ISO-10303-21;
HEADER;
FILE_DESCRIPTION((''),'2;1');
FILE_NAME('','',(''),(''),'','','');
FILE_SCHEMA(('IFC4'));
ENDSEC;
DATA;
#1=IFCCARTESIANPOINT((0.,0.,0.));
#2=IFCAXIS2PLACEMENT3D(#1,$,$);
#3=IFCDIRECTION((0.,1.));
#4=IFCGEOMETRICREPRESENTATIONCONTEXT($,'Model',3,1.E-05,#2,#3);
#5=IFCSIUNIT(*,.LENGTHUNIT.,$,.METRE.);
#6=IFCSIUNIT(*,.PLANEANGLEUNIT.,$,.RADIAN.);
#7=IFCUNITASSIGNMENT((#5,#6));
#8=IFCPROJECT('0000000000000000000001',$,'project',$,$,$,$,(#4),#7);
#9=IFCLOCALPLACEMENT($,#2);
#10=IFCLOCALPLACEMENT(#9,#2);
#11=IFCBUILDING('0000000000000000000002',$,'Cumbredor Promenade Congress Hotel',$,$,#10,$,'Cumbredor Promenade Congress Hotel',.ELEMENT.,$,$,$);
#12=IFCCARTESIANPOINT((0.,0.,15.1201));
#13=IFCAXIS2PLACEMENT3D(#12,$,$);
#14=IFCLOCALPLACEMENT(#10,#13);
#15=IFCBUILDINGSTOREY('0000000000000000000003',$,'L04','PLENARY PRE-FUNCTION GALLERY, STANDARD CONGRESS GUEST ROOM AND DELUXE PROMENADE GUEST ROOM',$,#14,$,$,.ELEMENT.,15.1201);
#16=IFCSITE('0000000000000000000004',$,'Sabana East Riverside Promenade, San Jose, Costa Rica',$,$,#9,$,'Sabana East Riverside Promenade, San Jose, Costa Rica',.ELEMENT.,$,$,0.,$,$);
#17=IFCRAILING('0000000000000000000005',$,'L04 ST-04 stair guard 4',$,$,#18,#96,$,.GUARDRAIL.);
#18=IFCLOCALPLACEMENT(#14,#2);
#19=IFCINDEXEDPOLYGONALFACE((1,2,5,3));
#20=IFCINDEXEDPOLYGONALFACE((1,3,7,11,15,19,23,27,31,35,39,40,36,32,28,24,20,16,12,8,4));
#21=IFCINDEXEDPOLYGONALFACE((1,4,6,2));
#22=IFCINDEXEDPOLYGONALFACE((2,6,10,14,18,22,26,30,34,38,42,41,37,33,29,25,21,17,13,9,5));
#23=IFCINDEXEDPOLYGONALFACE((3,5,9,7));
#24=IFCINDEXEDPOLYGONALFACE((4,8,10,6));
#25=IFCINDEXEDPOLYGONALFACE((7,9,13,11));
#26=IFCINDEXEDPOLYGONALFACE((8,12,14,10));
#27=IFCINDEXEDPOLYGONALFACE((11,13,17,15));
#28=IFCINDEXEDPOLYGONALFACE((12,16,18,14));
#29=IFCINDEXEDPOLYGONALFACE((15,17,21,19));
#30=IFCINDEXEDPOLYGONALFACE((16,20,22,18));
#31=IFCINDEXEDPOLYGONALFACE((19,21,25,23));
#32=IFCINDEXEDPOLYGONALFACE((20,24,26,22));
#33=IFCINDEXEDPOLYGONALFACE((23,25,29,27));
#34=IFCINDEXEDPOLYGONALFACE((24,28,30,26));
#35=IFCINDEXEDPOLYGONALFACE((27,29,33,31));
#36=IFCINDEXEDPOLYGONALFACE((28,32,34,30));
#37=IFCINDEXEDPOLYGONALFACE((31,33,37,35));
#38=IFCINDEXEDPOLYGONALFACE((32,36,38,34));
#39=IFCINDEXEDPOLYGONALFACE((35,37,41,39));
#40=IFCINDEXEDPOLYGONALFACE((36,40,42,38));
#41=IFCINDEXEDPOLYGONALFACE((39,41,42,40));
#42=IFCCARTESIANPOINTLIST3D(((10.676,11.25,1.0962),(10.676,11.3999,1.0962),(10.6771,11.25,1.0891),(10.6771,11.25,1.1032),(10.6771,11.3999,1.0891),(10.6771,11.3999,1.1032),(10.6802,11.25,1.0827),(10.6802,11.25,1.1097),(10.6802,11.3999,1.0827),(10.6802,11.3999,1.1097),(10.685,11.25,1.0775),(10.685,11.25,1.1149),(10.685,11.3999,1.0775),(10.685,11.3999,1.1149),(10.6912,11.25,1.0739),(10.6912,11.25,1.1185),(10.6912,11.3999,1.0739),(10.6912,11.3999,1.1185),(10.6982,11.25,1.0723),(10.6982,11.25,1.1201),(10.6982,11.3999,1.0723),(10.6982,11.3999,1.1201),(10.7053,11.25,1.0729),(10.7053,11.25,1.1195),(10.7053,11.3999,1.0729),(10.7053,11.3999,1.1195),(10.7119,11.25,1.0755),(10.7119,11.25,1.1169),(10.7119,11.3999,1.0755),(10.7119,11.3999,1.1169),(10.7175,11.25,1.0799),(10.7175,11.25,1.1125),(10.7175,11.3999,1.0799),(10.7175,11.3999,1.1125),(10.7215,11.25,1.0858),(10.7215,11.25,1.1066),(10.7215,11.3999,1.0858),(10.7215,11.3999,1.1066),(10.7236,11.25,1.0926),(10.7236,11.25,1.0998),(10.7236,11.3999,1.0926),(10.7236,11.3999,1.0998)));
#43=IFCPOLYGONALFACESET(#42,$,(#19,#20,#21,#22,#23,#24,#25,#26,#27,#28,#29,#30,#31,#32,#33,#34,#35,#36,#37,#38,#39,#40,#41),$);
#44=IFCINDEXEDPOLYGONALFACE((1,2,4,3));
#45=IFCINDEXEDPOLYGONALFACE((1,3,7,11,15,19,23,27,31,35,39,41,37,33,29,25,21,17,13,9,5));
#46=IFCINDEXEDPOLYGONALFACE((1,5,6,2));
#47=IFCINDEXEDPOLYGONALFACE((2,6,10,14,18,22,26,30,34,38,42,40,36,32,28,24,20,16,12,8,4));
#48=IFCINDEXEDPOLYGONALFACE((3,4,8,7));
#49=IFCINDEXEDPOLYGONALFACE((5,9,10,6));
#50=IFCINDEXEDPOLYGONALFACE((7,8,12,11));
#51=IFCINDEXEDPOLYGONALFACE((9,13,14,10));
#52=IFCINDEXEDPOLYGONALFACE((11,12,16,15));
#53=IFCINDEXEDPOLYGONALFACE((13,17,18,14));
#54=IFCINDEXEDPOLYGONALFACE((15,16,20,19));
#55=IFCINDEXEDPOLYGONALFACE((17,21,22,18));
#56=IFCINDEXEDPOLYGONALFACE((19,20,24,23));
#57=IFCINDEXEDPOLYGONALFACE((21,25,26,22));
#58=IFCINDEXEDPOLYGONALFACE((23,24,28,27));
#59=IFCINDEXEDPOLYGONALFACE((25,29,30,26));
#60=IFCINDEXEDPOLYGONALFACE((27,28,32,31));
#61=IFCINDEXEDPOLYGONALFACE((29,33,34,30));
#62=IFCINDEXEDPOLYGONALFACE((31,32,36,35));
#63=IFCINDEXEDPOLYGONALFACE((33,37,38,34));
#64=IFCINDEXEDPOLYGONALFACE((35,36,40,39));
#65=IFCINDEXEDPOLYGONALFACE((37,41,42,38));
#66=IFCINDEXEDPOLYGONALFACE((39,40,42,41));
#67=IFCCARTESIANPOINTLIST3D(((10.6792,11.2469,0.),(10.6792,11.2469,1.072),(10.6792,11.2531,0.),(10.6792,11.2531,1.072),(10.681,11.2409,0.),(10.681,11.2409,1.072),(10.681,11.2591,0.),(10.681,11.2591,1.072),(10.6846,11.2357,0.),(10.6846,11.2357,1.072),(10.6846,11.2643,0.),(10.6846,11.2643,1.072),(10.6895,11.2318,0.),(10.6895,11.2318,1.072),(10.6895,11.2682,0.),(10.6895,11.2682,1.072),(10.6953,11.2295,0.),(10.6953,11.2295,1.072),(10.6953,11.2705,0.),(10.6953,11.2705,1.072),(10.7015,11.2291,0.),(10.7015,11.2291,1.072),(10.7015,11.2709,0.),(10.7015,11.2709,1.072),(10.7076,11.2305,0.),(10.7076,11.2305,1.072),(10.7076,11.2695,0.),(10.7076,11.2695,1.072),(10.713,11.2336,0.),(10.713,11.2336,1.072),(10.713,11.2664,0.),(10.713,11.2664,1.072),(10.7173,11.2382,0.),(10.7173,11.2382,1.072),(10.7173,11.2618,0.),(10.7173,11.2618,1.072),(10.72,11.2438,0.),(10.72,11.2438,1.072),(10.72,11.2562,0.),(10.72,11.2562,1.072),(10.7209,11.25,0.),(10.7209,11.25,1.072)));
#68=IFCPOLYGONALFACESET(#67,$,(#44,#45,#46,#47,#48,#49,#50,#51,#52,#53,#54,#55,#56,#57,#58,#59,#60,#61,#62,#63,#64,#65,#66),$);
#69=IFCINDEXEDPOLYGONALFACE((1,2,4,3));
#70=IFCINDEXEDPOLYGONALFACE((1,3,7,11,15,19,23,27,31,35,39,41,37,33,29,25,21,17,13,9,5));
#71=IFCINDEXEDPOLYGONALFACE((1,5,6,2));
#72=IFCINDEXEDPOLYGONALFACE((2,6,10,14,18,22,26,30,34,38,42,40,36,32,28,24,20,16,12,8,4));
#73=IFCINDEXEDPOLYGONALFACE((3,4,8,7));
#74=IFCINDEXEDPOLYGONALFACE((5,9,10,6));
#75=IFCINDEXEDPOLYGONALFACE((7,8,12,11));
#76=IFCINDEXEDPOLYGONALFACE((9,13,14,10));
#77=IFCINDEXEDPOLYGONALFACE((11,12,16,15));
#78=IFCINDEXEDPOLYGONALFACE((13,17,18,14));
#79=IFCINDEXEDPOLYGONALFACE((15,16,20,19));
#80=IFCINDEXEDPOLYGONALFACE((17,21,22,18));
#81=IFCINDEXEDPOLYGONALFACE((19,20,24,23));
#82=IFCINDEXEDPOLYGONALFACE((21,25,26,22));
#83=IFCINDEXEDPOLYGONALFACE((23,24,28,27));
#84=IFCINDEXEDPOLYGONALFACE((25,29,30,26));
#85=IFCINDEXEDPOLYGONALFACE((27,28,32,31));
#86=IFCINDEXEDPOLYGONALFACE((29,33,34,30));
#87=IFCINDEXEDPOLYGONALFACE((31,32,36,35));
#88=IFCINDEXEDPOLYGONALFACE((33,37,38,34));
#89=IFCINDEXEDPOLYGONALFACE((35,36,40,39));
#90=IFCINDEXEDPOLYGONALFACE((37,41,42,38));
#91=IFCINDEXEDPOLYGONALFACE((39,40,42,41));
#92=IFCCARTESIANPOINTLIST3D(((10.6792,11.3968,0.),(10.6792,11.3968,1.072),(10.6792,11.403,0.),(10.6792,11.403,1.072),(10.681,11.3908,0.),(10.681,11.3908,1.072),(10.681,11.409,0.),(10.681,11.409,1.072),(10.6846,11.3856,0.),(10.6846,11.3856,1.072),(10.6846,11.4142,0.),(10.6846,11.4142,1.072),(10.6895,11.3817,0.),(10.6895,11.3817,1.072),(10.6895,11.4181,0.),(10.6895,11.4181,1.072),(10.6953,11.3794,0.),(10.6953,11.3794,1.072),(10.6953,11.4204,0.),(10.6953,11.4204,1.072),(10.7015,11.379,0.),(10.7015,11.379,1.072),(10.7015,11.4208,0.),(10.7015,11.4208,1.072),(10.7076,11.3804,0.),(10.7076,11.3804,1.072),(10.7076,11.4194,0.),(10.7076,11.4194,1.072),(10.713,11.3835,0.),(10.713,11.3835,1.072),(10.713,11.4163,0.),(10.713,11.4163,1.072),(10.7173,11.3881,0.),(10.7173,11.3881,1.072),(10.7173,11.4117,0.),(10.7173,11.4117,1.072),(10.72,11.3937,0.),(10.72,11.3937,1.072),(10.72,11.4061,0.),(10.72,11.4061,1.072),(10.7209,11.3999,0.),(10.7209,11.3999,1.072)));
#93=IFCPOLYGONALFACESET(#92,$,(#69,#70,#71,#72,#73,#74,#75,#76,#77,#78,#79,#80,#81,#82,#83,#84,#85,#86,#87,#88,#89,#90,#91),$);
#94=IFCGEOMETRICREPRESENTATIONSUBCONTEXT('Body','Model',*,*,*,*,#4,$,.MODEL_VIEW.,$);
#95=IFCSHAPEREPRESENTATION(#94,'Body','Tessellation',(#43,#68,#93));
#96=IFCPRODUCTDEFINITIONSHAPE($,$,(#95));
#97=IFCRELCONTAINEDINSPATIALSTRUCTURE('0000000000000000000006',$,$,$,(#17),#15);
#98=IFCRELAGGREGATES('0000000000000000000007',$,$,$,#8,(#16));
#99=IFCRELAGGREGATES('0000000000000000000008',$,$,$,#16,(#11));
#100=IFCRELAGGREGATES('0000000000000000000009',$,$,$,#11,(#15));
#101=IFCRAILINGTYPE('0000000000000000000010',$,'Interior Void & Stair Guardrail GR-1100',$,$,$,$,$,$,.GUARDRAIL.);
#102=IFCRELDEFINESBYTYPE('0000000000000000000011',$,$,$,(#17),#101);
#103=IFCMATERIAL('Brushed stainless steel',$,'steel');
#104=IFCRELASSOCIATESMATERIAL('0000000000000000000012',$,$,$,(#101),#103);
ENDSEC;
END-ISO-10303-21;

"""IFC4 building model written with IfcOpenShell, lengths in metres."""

from ifc_helpers import new_model, si_unit, direction, frame, origin, origin_2d, place, context, subcontext, project, spatial, circle, extrude, material, type_object, element, save


model = new_model("IFC4")

# Units and contexts
model_context = context("Model", 3, precision=1e-05, world=origin(), true_north=direction((0.0, 1.0)))
body_context = subcontext(model_context, "Body", "Model", "MODEL_VIEW")
ifc_project = project(units=[si_unit("LENGTHUNIT", "METRE"), si_unit("PLANEANGLEUNIT", "RADIAN")], contexts=[model_context])

# Site, building, storey
site_placement = place(None, origin())
site = spatial("IfcSite", under=ifc_project, at=site_placement, Name="Sabana East Riverside Promenade, San Jose, Costa Rica", LongName="Sabana East Riverside Promenade, San Jose, Costa Rica", CompositionType="ELEMENT", RefElevation=0.0)
building_placement = place(site_placement, origin())
building = spatial("IfcBuilding", under=site, at=building_placement, Name="Cumbredor Promenade Congress Hotel", LongName="Cumbredor Promenade Congress Hotel", CompositionType="ELEMENT")
storey_placement = place(building_placement, frame((0.0, 0.0, 15.1201)))
storey = spatial("IfcBuildingStorey", under=building, at=storey_placement, Name="L04", Description="PLENARY PRE-FUNCTION GALLERY, STANDARD CONGRESS GUEST ROOM AND DELUXE PROMENADE GUEST ROOM", CompositionType="ELEMENT", Elevation=15.1201)

# Shared definitions
ifc_material_1 = material(Name="Brushed stainless steel", Category="steel")

# Railing
railing_type_1 = type_object("IfcRailingType", Name="Interior Void & Stair Guardrail GR-1100", PredefinedType="GUARDRAIL", material=ifc_material_1)
railing_1_placement = place(storey_placement, frame((10.7, 11.25, 0.0)))
element("IfcRailing", 1, at=railing_1_placement, inside=storey, type_object=railing_type_1, Name="L04 ST-04 stair guard 4", PredefinedType="GUARDRAIL", context=body_context, shape_type="SweptSolid", body=[
    extrude(circle(Radius=0.0239, at=origin_2d()), frame((0.0, 0.0, 1.0962), z_axis=(0.0, 1.0, 0.0), x_axis=(-1.0, 0.0, 0.0)), (0.0, 0.0, 1.0), 0.1499),
    extrude(circle(Radius=0.021, at=origin_2d()), origin(), (0.0, 0.0, 1.0), 1.072),
    extrude(circle(Radius=0.021, at=origin_2d()), frame((0.0, 0.1499, 0.0)), (0.0, 0.0, 1.0), 1.072),
])

save(model, "model.ifc")
